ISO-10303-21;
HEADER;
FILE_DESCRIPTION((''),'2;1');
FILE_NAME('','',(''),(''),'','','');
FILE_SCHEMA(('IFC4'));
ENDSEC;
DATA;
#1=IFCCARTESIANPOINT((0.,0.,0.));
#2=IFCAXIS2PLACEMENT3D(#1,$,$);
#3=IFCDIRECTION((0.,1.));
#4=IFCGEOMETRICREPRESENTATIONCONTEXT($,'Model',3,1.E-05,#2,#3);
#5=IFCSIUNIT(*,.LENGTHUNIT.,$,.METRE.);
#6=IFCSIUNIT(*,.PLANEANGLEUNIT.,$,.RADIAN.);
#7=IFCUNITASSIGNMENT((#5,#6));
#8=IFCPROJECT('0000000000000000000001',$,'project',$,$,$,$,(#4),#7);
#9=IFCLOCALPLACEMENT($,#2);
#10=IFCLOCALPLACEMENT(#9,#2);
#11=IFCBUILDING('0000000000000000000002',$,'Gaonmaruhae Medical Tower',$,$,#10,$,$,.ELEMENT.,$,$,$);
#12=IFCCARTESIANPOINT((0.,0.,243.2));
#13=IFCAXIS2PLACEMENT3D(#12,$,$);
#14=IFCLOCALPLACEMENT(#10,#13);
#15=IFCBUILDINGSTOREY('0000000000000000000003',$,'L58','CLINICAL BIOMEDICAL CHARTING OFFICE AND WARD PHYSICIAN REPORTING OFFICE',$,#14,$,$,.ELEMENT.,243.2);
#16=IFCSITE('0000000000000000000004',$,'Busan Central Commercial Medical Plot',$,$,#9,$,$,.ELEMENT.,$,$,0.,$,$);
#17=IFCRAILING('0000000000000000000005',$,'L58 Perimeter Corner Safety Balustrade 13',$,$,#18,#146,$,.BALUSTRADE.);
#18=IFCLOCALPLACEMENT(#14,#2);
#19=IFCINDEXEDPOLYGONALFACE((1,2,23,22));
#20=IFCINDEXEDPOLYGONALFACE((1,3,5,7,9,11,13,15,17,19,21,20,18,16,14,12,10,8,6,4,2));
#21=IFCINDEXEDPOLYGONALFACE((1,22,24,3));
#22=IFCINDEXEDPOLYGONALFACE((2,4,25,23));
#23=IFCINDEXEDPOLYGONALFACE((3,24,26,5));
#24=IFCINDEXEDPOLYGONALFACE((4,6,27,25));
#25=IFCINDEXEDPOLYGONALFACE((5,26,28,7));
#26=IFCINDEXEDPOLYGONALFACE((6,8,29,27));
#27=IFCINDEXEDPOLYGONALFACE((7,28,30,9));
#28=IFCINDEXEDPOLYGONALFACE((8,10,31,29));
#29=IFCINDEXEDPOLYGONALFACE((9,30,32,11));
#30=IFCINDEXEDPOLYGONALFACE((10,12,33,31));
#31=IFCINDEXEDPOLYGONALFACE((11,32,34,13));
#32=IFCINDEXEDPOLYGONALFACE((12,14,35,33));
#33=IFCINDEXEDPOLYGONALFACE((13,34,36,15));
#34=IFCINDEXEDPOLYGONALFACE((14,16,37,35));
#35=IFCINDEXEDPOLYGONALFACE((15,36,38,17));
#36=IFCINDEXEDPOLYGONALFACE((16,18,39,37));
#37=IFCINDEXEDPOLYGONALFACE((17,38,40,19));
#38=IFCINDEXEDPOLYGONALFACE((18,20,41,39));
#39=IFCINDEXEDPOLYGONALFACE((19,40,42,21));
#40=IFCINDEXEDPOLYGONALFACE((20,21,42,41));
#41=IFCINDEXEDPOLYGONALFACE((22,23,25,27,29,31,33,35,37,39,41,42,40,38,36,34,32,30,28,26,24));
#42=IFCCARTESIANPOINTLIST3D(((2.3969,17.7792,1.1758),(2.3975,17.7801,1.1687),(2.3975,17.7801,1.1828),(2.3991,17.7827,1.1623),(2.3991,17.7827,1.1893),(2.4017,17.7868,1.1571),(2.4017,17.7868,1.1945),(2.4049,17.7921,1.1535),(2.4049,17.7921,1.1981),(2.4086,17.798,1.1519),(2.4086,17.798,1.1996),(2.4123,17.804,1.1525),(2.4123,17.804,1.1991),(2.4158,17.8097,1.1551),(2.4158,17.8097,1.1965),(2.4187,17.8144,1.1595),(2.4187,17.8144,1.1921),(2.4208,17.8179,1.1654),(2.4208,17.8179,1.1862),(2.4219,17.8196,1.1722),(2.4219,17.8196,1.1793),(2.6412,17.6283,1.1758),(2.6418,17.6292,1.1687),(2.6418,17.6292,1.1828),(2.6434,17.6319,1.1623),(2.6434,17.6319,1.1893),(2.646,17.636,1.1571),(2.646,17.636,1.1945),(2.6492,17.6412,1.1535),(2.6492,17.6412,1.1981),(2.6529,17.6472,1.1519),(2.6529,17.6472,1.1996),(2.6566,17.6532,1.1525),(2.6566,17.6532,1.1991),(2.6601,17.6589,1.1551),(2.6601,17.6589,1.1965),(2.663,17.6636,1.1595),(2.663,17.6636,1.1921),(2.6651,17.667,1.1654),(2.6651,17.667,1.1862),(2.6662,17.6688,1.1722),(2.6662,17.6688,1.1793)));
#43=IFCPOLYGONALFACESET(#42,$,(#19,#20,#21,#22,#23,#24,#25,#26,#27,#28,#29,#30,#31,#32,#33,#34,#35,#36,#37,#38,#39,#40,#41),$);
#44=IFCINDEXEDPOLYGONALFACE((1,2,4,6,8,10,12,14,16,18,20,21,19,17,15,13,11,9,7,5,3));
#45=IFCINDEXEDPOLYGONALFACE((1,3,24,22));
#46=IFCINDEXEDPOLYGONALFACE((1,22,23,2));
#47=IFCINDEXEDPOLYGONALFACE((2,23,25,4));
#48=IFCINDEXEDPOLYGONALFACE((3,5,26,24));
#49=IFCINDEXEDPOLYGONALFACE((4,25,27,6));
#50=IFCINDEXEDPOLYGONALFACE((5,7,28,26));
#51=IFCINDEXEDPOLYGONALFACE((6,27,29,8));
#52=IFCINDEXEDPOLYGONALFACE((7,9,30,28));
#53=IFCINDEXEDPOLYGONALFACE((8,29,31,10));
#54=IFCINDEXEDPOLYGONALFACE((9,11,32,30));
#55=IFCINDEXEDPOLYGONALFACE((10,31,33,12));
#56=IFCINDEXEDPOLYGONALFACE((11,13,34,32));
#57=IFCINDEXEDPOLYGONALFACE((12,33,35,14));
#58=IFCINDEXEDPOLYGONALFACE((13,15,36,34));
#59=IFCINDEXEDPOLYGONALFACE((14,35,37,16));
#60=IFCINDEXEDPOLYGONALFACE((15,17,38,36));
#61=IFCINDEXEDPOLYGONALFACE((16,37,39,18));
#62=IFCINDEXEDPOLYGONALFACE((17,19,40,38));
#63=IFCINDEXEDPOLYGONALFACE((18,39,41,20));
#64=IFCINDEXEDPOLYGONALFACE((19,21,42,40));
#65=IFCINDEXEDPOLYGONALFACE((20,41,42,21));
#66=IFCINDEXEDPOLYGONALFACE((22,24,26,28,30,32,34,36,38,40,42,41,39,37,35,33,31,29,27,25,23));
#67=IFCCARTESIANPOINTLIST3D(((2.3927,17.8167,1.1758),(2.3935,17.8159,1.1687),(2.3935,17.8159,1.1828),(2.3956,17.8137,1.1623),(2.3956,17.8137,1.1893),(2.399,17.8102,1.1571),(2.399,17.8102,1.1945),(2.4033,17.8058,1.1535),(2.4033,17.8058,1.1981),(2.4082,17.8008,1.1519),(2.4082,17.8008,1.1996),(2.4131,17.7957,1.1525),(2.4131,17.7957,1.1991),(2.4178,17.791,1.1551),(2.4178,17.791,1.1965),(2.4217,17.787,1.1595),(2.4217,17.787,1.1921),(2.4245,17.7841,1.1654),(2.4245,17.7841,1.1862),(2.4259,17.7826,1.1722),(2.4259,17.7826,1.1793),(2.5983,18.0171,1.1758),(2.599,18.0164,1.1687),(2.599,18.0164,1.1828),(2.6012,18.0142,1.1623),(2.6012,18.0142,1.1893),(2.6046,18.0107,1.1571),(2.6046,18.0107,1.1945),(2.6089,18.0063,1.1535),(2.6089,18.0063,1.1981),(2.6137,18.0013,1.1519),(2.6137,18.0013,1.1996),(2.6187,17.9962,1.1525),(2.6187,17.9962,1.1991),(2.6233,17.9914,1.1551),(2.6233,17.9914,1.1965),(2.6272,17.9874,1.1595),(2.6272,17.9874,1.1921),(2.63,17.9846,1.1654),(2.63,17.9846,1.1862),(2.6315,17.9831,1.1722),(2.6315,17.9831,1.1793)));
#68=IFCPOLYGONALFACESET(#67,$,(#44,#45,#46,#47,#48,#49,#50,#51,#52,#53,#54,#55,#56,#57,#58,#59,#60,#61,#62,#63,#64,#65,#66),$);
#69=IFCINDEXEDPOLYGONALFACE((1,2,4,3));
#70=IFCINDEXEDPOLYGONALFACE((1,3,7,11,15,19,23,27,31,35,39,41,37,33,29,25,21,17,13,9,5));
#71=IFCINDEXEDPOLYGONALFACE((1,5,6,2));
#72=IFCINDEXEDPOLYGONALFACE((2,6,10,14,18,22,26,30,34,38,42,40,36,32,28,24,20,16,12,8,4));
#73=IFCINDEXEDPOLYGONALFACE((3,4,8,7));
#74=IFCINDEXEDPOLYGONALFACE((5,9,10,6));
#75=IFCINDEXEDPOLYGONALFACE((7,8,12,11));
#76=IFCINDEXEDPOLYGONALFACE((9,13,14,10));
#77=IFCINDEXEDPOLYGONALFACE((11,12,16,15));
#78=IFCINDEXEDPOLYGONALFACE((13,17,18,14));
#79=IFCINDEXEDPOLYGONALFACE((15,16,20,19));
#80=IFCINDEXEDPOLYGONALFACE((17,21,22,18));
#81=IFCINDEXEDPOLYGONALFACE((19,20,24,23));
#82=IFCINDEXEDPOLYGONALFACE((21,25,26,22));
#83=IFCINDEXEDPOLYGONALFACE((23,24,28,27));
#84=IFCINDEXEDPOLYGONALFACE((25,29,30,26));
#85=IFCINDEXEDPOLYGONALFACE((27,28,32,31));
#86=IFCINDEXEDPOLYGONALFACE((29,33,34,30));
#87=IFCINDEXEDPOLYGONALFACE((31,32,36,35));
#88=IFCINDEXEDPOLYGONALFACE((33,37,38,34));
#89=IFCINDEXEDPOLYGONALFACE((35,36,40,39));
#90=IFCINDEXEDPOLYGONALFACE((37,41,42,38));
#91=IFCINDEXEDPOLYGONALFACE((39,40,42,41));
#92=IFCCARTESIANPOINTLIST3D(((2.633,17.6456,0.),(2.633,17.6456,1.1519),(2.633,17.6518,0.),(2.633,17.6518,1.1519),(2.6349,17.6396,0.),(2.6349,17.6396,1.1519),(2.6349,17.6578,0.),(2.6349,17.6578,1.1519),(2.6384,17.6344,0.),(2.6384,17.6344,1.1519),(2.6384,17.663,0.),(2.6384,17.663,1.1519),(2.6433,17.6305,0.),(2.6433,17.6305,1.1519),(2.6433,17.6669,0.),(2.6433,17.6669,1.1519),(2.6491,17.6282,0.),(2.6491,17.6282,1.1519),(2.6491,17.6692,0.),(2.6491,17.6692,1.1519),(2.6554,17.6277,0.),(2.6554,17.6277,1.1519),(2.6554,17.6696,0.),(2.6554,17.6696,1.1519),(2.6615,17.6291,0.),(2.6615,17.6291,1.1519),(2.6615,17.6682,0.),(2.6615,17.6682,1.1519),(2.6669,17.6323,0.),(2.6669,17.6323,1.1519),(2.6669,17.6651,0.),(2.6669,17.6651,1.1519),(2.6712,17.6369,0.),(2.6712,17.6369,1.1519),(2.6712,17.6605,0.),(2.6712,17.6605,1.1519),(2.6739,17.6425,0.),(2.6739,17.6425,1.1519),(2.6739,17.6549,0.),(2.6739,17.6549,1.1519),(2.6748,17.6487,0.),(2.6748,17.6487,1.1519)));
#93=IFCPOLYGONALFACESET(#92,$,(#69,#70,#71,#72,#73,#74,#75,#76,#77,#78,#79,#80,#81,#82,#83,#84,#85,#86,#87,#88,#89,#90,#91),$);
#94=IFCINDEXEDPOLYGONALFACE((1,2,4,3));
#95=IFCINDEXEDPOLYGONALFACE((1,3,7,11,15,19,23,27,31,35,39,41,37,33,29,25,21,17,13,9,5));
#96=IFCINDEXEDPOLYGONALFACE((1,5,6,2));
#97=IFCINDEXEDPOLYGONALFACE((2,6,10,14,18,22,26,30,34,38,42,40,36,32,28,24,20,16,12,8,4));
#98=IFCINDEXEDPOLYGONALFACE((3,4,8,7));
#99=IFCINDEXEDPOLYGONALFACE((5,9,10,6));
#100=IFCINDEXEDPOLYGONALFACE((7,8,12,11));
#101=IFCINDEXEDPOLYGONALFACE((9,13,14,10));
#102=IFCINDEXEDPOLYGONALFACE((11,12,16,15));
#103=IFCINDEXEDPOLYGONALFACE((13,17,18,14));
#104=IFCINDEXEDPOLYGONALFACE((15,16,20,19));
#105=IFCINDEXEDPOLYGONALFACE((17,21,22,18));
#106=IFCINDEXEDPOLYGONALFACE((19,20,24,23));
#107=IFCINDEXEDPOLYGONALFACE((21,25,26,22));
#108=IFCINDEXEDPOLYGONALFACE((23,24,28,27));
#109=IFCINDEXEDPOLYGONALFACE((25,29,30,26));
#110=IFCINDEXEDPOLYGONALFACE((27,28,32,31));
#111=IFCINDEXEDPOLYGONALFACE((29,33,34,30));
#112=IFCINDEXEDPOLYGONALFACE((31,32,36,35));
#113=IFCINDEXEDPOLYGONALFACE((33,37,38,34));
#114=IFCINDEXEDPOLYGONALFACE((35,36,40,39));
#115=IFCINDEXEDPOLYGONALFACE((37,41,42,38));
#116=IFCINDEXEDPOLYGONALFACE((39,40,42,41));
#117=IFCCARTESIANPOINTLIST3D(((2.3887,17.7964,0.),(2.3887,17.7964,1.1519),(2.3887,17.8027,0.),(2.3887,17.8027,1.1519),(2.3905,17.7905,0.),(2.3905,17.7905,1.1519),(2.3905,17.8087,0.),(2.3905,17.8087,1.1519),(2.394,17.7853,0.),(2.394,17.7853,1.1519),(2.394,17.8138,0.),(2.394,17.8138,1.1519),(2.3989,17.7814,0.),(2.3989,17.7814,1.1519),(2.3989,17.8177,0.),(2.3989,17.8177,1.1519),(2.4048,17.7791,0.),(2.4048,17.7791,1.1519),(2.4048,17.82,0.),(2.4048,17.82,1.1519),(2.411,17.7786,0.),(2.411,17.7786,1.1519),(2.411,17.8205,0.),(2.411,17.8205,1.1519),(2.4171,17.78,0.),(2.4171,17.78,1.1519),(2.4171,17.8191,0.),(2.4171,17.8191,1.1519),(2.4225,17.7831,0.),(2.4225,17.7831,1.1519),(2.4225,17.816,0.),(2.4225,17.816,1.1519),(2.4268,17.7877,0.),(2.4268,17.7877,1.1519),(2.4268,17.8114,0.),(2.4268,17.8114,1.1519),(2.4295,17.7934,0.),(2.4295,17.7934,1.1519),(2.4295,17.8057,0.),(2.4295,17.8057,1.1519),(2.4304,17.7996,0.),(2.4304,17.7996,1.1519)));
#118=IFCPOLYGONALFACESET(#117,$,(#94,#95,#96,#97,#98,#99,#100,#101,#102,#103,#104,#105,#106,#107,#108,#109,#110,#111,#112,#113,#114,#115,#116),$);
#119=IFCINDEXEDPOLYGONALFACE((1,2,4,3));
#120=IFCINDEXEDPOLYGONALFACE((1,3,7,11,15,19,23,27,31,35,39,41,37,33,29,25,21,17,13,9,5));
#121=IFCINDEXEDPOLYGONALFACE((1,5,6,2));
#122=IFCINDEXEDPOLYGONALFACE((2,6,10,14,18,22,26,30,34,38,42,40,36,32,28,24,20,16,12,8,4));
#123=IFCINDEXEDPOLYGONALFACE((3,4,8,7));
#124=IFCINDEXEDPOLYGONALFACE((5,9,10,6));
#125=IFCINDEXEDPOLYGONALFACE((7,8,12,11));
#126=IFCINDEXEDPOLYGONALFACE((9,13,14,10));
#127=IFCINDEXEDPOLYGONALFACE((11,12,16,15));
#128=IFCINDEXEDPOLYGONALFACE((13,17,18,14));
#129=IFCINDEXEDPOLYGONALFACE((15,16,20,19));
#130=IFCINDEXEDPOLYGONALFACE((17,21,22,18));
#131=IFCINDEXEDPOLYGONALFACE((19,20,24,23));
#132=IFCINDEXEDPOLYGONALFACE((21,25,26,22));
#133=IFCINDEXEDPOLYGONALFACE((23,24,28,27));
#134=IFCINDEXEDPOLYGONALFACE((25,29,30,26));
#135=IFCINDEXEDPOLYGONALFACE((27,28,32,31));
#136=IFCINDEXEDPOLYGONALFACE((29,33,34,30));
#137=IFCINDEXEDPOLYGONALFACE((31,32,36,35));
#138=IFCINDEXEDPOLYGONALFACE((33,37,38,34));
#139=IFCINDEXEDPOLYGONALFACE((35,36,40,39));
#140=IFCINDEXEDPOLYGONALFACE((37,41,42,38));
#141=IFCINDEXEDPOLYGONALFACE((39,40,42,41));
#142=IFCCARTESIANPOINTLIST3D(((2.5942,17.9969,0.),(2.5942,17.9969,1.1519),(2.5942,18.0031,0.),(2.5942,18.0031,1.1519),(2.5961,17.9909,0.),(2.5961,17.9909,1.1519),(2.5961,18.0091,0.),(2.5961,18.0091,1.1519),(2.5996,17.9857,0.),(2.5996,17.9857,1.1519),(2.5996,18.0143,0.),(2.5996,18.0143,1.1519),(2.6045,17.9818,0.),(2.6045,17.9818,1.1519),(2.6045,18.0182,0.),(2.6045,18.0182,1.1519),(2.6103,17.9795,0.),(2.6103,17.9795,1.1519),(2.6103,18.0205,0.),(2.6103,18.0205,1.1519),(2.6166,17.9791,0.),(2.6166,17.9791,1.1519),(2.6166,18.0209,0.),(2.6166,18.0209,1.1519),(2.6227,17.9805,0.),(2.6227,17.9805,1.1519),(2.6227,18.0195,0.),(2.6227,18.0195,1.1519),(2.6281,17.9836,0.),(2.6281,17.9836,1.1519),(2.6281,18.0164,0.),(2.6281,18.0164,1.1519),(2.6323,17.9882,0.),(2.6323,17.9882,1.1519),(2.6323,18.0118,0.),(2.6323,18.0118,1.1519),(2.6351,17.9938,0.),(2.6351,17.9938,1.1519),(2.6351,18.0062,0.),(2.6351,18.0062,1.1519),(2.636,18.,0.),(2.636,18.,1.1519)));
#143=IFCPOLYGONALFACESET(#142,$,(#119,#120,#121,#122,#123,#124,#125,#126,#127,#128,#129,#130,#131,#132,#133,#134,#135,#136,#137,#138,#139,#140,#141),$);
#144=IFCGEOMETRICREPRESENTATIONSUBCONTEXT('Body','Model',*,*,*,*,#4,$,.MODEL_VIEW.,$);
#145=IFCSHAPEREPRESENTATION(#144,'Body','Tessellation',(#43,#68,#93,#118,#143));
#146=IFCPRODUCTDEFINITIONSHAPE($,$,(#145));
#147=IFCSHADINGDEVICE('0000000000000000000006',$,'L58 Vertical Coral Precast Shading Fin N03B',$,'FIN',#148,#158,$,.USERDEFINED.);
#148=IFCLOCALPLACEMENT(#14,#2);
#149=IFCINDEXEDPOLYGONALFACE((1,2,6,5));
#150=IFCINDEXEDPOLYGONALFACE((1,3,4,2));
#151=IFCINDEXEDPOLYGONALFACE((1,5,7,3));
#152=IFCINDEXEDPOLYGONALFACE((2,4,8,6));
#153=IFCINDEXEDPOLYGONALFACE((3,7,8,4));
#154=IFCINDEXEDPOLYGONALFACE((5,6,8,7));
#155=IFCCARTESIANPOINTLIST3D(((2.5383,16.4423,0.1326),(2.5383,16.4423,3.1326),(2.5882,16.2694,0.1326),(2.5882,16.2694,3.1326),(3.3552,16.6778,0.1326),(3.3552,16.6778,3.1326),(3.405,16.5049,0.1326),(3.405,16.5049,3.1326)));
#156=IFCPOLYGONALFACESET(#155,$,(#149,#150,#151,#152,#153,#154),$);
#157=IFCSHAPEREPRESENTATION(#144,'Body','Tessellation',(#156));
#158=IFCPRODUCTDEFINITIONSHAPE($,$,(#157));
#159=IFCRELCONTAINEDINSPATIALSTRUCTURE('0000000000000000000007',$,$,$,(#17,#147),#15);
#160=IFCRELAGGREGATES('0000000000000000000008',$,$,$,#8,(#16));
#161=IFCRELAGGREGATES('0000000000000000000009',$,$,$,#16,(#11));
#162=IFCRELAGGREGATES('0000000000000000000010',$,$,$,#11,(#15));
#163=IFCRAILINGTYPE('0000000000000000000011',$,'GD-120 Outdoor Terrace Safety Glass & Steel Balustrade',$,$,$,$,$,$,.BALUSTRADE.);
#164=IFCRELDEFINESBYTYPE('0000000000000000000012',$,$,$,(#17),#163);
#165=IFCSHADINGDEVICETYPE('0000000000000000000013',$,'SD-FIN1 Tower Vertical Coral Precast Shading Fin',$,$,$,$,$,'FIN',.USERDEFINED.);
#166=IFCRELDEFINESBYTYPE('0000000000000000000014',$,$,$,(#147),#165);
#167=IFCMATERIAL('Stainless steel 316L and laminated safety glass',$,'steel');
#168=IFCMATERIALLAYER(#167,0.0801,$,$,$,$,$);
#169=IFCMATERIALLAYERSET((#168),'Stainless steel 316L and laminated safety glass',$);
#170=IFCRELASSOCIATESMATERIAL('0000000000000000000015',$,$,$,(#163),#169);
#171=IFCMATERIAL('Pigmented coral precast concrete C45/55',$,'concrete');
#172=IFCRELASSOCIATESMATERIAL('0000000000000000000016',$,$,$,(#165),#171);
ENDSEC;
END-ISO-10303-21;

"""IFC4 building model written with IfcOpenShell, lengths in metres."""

from ifc_helpers import new_model, si_unit, direction, frame, origin, origin_2d, place, context, subcontext, project, spatial, rectangle, circle, extrude, material, layer, layer_set, type_object, element, save


model = new_model("IFC4")

# Units and contexts
model_context = context("Model", 3, precision=1e-05, world=origin(), true_north=direction((0.0, 1.0)))
body_context = subcontext(model_context, "Body", "Model", "MODEL_VIEW")
ifc_project = project(units=[si_unit("LENGTHUNIT", "METRE"), si_unit("PLANEANGLEUNIT", "RADIAN")], contexts=[model_context])

# Site, building, storey
site_placement = place(None, origin())
site = spatial("IfcSite", under=ifc_project, at=site_placement, Name="Busan Central Commercial Medical Plot", CompositionType="ELEMENT", RefElevation=0.0)
building_placement = place(site_placement, origin())
building = spatial("IfcBuilding", under=site, at=building_placement, Name="Gaonmaruhae Medical Tower", CompositionType="ELEMENT")
storey_placement = place(building_placement, frame((0.0, 0.0, 243.2)))
storey = spatial("IfcBuildingStorey", under=building, at=storey_placement, Name="L58", Description="CLINICAL BIOMEDICAL CHARTING OFFICE AND WARD PHYSICIAN REPORTING OFFICE", CompositionType="ELEMENT", Elevation=243.2)

# Railing
ifc_material_1 = material(Name="Stainless steel 316L and laminated safety glass", Category="steel")
ifc_layer_1 = layer(ifc_material_1, 0.0801)
ifc_layer_set_1 = layer_set([ifc_layer_1], Name="Stainless steel 316L and laminated safety glass")
railing_type = type_object("IfcRailingType", Name="GD-120 Outdoor Terrace Safety Glass & Steel Balustrade", PredefinedType="BALUSTRADE", material=ifc_layer_set_1)
railing_1_placement = place(storey_placement, frame((2.6538, 17.6487, 0.0)))
element("IfcRailing", 1, at=railing_1_placement, inside=storey, type_object=railing_type, Name="L58 Perimeter Corner Safety Balustrade 13", PredefinedType="BALUSTRADE", context=body_context, shape_type="SweptSolid", body=[
    extrude(circle(Radius=0.0239, at=origin_2d()), frame((0.0, 0.0, 1.1758), z_axis=(-0.850899, 0.52533, 0.0), x_axis=(-0.52533, -0.850899, 0.0)), (0.0, 0.0, 1.0), 0.2871),
    extrude(circle(Radius=0.0239, at=origin_2d()), frame((-0.2444, 0.1509, 1.1758), z_axis=(0.715979, 0.698122, 0.0), x_axis=(-0.698122, 0.715979, 0.0)), (0.0, 0.0, 1.0), 0.2871),
    extrude(circle(Radius=0.021, at=origin_2d()), origin(), (0.0, 0.0, 1.0), 1.1519),
    extrude(circle(Radius=0.021, at=origin_2d()), frame((-0.2444, 0.1509, 0.0)), (0.0, 0.0, 1.0), 1.1519),
    extrude(circle(Radius=0.021, at=origin_2d()), frame((-0.0388, 0.3513, 0.0)), (0.0, 0.0, 1.0), 1.1519),
])

# Shading device
ifc_material_2 = material(Name="Pigmented coral precast concrete C45/55", Category="concrete")
shading_device_type = type_object("IfcShadingDeviceType", Name="SD-FIN1 Tower Vertical Coral Precast Shading Fin", ElementType="FIN", PredefinedType="USERDEFINED", material=ifc_material_2)
shading_device_placement = place(storey_placement, frame((2.9717, 16.4736, 0.1326), z_axis=(0.0, 0.0, 1.0), x_axis=(-0.277013, 0.960866, 0.0)))
element("IfcShadingDevice", 2, at=shading_device_placement, inside=storey, type_object=shading_device_type, Name="L58 Vertical Coral Precast Shading Fin N03B", ObjectType="FIN", PredefinedType="USERDEFINED", context=body_context, shape_type="SweptSolid", body=[
    extrude(rectangle(XDim=0.1799, YDim=0.8501, at=origin_2d()), origin(), (0.0, 0.0, 1.0), 3.0),
])

save(model, "model.ifc")
